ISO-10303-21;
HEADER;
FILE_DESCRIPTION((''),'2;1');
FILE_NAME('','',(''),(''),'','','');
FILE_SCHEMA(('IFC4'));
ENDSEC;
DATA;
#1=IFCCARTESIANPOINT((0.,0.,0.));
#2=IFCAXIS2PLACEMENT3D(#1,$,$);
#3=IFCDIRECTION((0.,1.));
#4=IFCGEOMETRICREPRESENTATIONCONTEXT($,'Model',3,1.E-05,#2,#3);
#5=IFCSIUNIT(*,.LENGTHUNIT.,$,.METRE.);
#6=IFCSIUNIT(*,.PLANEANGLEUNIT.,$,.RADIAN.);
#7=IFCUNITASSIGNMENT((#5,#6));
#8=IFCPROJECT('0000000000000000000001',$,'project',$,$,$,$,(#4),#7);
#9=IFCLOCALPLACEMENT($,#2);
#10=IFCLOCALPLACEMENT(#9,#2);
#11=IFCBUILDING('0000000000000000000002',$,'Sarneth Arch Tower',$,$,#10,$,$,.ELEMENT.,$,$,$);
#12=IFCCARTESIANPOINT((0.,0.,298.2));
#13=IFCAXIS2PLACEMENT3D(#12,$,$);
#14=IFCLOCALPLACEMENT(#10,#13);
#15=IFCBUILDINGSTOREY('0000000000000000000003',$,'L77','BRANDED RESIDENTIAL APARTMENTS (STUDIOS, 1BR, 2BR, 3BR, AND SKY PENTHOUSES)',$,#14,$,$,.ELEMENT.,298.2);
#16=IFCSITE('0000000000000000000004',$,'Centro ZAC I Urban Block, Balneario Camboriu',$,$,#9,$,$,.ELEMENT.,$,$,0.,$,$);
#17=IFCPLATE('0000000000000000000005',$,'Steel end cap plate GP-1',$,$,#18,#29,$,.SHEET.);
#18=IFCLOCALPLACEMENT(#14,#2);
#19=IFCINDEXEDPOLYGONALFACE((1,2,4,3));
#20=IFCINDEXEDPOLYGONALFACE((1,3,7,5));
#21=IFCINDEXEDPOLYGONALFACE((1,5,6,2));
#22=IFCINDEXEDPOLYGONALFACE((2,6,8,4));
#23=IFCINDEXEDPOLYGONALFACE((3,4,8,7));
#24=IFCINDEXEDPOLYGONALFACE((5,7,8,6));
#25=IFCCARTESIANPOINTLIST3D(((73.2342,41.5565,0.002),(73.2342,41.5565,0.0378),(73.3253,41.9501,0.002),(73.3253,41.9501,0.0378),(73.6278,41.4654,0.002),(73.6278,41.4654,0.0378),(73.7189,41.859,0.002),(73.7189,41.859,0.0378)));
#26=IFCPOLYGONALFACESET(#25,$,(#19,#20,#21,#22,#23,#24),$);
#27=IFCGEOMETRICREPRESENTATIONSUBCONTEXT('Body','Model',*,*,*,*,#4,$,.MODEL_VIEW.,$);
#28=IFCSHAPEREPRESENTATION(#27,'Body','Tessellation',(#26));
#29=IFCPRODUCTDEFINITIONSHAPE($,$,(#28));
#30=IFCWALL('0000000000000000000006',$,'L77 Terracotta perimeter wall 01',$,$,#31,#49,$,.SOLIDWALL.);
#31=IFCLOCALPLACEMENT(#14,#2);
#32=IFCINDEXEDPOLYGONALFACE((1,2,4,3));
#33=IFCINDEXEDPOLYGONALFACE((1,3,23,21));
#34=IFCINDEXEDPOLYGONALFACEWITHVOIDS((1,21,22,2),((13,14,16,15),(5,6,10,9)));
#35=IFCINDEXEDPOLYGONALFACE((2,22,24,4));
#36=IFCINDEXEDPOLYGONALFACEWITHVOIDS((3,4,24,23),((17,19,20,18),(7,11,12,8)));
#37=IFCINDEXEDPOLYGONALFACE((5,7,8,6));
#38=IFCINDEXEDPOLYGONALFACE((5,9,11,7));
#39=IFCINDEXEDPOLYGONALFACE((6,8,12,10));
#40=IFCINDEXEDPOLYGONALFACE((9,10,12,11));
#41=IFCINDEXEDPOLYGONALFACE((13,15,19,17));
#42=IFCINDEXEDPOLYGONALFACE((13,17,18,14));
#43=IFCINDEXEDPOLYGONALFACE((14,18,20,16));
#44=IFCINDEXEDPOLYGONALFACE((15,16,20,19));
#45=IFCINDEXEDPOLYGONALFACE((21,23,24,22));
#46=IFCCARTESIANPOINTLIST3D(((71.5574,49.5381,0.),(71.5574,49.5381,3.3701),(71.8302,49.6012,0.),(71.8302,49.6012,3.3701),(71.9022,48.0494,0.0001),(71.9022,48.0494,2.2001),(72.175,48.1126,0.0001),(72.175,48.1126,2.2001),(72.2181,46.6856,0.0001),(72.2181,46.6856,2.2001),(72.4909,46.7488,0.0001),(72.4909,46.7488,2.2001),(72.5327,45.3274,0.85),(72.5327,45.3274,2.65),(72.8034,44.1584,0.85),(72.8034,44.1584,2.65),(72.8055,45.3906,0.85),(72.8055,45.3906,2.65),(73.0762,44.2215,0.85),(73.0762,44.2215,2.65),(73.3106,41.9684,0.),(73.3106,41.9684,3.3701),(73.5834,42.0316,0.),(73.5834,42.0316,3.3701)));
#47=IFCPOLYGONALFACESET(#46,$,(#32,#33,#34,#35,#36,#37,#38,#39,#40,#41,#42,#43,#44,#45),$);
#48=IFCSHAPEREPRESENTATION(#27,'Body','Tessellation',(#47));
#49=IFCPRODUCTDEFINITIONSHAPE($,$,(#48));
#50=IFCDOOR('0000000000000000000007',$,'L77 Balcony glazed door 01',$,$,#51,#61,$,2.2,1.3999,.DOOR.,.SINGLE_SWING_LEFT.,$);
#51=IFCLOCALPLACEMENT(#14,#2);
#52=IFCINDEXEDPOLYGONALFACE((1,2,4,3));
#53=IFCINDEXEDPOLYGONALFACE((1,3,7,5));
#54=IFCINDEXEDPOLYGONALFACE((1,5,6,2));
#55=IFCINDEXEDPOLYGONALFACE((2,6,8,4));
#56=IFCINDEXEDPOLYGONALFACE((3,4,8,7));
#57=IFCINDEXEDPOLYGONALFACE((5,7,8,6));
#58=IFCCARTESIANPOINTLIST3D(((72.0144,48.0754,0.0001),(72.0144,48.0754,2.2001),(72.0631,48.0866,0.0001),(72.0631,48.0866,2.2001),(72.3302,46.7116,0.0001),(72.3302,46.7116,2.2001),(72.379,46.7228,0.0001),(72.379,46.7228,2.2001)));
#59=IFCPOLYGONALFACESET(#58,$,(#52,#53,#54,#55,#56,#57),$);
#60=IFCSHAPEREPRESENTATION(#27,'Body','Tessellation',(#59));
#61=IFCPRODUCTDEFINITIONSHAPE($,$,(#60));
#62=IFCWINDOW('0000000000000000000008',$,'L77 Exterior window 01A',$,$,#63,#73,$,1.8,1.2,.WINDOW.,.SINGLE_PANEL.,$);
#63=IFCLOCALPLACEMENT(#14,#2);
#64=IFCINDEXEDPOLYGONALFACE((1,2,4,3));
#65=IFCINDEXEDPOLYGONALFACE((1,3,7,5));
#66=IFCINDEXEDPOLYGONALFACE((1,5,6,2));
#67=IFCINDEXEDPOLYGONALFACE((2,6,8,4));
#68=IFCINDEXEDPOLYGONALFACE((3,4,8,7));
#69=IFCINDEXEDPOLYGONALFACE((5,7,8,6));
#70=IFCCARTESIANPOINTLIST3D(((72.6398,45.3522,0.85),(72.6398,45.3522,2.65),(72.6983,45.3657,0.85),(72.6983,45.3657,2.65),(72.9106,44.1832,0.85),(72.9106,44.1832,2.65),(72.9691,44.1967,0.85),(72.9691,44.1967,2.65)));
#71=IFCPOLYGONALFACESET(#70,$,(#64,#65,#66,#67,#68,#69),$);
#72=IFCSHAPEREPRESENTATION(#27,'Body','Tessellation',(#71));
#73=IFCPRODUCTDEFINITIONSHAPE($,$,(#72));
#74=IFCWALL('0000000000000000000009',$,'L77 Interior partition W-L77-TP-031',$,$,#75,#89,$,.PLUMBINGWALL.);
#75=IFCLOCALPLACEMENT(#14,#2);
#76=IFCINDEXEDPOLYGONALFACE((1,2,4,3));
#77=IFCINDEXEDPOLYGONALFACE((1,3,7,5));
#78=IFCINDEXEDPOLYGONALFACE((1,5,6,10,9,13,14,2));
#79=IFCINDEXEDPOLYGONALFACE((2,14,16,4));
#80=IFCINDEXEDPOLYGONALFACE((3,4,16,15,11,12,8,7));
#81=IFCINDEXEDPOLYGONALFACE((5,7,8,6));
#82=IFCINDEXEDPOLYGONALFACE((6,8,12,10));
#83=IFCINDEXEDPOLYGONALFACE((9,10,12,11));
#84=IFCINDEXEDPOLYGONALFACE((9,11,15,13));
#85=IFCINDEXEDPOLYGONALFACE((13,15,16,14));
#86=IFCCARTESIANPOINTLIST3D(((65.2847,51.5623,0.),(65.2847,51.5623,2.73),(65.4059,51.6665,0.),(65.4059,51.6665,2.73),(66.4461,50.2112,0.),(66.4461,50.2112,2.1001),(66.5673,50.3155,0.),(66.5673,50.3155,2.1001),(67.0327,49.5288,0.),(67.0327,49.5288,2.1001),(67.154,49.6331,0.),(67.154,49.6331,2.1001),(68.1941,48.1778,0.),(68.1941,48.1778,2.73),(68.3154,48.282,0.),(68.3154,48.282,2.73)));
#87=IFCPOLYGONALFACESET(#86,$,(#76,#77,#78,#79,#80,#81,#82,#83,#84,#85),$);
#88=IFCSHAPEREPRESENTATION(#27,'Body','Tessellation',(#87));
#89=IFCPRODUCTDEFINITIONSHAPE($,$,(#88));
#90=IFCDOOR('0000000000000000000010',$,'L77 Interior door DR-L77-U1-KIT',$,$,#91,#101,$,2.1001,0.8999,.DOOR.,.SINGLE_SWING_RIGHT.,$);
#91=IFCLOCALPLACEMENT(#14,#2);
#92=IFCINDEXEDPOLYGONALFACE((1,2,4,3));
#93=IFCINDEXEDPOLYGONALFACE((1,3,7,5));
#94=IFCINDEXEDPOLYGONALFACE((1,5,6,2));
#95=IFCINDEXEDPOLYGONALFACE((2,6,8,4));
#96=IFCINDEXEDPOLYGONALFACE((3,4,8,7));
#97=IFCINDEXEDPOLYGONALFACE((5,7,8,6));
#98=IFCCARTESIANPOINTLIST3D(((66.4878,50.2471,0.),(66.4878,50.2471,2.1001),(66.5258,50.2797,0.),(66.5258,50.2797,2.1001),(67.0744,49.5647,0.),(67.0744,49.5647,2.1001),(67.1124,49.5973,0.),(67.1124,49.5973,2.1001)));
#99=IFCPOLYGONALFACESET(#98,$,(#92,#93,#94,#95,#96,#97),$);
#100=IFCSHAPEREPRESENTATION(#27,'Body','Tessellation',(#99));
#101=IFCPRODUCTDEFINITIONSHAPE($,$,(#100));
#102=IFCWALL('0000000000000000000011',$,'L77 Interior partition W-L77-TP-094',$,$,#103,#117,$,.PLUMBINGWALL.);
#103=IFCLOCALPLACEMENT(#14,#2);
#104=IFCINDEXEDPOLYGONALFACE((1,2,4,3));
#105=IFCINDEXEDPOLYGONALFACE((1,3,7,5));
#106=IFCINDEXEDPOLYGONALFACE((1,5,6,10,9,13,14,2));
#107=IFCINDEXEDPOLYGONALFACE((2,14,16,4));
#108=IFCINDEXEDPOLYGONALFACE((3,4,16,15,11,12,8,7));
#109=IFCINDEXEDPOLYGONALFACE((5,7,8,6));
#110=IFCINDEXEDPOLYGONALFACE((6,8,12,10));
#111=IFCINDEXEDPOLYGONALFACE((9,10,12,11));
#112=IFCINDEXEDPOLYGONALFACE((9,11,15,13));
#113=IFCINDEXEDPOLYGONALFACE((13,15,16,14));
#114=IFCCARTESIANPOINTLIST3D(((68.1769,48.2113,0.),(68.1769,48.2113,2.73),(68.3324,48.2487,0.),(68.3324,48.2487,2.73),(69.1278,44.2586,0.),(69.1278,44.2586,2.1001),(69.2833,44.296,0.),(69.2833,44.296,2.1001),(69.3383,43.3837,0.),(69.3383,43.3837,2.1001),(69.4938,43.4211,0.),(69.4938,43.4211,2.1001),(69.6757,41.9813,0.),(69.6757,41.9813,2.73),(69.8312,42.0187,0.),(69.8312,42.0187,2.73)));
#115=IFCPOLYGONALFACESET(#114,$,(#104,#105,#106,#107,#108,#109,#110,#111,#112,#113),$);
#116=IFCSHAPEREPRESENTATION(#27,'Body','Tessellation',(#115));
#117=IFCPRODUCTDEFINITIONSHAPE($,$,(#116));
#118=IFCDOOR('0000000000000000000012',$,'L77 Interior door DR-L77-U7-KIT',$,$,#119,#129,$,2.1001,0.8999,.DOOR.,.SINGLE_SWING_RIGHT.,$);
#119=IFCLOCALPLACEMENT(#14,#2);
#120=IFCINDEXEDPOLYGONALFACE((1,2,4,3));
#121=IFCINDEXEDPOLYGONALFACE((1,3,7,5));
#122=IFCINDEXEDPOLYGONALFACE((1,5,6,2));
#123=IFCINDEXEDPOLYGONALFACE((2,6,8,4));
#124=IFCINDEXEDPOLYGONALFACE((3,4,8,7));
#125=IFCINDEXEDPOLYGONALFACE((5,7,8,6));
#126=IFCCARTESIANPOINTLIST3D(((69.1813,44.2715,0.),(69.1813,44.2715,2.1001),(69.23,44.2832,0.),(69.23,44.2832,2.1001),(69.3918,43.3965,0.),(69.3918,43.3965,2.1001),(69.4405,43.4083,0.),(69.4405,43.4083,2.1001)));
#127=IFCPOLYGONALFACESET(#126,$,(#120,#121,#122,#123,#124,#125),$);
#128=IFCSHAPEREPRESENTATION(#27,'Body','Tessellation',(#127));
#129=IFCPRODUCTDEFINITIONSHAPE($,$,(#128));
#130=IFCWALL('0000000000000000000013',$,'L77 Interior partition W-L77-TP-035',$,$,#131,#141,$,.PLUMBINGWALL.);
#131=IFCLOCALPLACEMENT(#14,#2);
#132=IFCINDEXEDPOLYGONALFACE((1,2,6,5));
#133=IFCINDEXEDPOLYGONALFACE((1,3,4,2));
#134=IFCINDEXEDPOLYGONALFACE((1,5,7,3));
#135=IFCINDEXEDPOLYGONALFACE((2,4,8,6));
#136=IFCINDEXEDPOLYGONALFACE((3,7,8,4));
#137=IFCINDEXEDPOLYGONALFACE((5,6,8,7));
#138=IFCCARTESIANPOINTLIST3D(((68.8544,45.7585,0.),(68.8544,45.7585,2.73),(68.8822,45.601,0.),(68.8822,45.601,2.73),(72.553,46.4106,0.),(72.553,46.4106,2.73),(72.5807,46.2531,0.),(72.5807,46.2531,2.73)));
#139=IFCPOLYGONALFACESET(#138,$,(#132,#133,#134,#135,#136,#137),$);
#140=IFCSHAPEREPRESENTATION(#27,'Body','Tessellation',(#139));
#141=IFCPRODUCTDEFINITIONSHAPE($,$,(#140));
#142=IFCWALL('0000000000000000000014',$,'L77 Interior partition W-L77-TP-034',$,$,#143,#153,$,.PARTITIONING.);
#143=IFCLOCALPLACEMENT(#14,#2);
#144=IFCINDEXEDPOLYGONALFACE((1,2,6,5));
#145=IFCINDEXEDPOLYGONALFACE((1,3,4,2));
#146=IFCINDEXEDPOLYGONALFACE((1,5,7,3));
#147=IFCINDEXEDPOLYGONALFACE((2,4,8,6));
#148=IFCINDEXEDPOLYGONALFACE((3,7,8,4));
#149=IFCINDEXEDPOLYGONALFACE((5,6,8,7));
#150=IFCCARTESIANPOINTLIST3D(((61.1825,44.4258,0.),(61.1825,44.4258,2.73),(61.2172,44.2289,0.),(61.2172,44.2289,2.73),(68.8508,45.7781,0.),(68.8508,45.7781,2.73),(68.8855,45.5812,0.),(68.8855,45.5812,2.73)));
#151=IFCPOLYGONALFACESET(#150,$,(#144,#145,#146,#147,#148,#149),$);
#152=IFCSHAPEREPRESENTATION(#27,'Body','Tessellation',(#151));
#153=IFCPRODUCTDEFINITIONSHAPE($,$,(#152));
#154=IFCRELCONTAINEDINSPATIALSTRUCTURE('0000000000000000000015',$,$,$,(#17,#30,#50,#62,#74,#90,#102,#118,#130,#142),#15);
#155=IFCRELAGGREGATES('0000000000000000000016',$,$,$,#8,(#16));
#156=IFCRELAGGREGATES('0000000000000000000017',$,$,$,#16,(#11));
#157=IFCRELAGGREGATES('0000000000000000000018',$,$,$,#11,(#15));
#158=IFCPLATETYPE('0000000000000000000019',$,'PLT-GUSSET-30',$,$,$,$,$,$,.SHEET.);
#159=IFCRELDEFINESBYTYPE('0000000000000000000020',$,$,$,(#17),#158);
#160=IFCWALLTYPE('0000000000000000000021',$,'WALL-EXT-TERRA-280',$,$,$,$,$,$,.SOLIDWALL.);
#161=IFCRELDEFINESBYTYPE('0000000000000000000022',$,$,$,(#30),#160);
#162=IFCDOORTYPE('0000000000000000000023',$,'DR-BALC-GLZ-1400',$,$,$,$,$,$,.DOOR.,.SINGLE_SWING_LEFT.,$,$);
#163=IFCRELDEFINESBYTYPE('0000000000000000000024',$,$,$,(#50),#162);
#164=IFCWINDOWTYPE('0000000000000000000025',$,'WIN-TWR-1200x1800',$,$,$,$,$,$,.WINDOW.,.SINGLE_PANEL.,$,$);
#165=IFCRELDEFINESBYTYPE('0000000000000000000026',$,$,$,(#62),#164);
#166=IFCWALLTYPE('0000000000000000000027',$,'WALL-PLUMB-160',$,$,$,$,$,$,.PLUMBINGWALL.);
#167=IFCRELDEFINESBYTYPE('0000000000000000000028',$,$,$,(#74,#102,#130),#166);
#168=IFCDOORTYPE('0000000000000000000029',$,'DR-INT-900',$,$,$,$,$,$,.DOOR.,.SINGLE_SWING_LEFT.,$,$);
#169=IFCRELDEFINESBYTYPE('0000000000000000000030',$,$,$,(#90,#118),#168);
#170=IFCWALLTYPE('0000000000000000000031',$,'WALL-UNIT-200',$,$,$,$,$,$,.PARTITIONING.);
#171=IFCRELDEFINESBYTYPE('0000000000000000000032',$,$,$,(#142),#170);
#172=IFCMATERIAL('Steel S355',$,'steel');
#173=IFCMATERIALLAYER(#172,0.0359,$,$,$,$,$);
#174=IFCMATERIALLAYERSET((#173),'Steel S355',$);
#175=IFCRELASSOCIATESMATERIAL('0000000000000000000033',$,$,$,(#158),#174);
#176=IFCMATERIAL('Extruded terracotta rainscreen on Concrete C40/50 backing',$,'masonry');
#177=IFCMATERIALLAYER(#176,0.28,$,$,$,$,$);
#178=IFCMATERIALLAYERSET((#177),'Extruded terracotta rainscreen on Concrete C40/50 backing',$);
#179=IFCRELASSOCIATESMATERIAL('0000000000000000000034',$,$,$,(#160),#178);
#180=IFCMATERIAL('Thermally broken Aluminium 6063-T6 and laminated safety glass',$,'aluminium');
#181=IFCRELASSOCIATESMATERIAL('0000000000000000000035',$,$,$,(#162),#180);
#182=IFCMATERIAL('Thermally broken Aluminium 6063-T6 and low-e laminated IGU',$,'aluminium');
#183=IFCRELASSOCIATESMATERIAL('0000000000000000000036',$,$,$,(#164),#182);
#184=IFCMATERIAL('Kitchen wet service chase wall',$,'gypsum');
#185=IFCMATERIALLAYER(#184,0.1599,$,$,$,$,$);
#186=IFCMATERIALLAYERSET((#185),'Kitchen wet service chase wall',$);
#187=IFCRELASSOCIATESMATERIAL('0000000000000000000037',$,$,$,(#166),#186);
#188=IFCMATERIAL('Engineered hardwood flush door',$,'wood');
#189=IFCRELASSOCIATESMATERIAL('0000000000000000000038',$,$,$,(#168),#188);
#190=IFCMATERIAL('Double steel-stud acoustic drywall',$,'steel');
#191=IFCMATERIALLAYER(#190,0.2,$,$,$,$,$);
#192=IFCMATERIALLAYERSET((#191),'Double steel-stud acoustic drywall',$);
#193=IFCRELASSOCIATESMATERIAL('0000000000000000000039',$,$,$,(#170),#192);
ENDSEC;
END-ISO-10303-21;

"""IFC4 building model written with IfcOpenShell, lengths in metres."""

from ifc_helpers import new_model, si_unit, direction, frame, frame_2d, origin, origin_2d, place, context, subcontext, project, spatial, rectangle, extrude, material, layer, layer_set, type_object, element, fill, save


model = new_model("IFC4")

# Units and contexts
model_context = context("Model", 3, precision=1e-05, world=origin(), true_north=direction((0.0, 1.0)))
body_context = subcontext(model_context, "Body", "Model", "MODEL_VIEW")
ifc_project = project(units=[si_unit("LENGTHUNIT", "METRE"), si_unit("PLANEANGLEUNIT", "RADIAN")], contexts=[model_context])

# Site, building, storey
site_placement = place(None, origin())
site = spatial("IfcSite", under=ifc_project, at=site_placement, Name="Centro ZAC I Urban Block, Balneario Camboriu", CompositionType="ELEMENT", RefElevation=0.0)
building_placement = place(site_placement, origin())
building = spatial("IfcBuilding", under=site, at=building_placement, Name="Sarneth Arch Tower", CompositionType="ELEMENT")
storey_placement = place(building_placement, frame((0.0, 0.0, 298.2)))
storey = spatial("IfcBuildingStorey", under=building, at=storey_placement, Name="L77", Description="BRANDED RESIDENTIAL APARTMENTS (STUDIOS, 1BR, 2BR, 3BR, AND SKY PENTHOUSES)", CompositionType="ELEMENT", Elevation=298.2)

# Plate
ifc_material_1 = material(Name="Steel S355", Category="steel")
ifc_layer_1 = layer(ifc_material_1, 0.0359)
ifc_layer_set_1 = layer_set([ifc_layer_1], Name="Steel S355")
plate_type_1 = type_object("IfcPlateType", Name="PLT-GUSSET-30", PredefinedType="SHEET", material=ifc_layer_set_1)
plate_1_placement = place(storey_placement, frame((73.4766, 41.7078, 0.002), z_axis=(0.0, 0.0, 1.0), x_axis=(0.225461, 0.974252, 0.0)))
element("IfcPlate", 1, at=plate_1_placement, inside=storey, type_object=plate_type_1, Name="Steel end cap plate GP-1", PredefinedType="SHEET", context=body_context, shape_type="SweptSolid", body=[
    extrude(rectangle(XDim=0.4041, YDim=0.4041, at=origin_2d()), origin(), (0.0, 0.0, 1.0), 0.0359),
])

# Wall, openings, door, window
ifc_material_2 = material(Name="Extruded terracotta rainscreen on Concrete C40/50 backing", Category="masonry")
ifc_layer_2 = layer(ifc_material_2, 0.28)
ifc_layer_set_2 = layer_set([ifc_layer_2], Name="Extruded terracotta rainscreen on Concrete C40/50 backing")
wall_type_1 = type_object("IfcWallType", Name="WALL-EXT-TERRA-280", PredefinedType="SOLIDWALL", material=ifc_layer_set_2)
wall_1_placement = place(storey_placement, frame((73.447, 42.0, 0.0), z_axis=(0.0, 0.0, 1.0), x_axis=(-0.225635, 0.974212, 0.0)))
wall_1 = element("IfcWall", 2, at=wall_1_placement, inside=storey, type_object=wall_type_1, Name="L77 Terracotta perimeter wall 01", PredefinedType="SOLIDWALL", context=body_context, shape_type="SweptSolid", body=[
    extrude(rectangle(XDim=7.77, YDim=0.28, at=frame_2d((3.885, 0.0))), origin(), (0.0, 0.0, 1.0), 3.3701),
])
opening_1_placement = place(wall_1_placement, frame((2.2478, 0.0, 0.8501)))
opening_1 = element("IfcOpeningElement", 3, at=opening_1_placement, cuts=wall_1, PredefinedType="OPENING", context=body_context, shape_type="SweptSolid", body=[
    extrude(rectangle(XDim=1.2, YDim=1.8, at=frame_2d((0.6001, 0.8999))), frame((0.0, 0.1499, 0.0), z_axis=(0.0, -1.0, 0.0), x_axis=(1.0, 0.0, 0.0)), (0.0, 0.0, 1.0), 0.3),
])
opening_2_placement = place(wall_1_placement, frame((4.842, 0.0, 0.0)))
opening_2 = element("IfcOpeningElement", 4, at=opening_2_placement, cuts=wall_1, PredefinedType="OPENING", context=body_context, shape_type="SweptSolid", body=[
    extrude(rectangle(XDim=1.3999, YDim=2.2, at=frame_2d((0.7, 1.1001))), frame((0.0, 0.1499, 0.0), z_axis=(0.0, -1.0, 0.0), x_axis=(1.0, 0.0, 0.0)), (0.0, 0.0, 1.0), 0.3),
])
ifc_material_3 = material(Name="Thermally broken Aluminium 6063-T6 and laminated safety glass", Category="aluminium")
door_type_1 = type_object("IfcDoorType", Name="DR-BALC-GLZ-1400", OperationType="SINGLE_SWING_LEFT", PredefinedType="DOOR", material=ifc_material_3)
door_1_placement = place(opening_2_placement, origin())
door_1 = element("IfcDoor", 5, at=door_1_placement, inside=storey, type_object=door_type_1, Name="L77 Balcony glazed door 01", OperationType="SINGLE_SWING_LEFT", OverallHeight=2.2, OverallWidth=1.3999, PredefinedType="DOOR", context=body_context, shape_type="SweptSolid", body=[
    extrude(rectangle(XDim=1.3999, YDim=2.2, at=frame_2d((0.7, 1.1001))), frame((0.0, 0.0249, 0.0), z_axis=(0.0, -1.0, 0.0), x_axis=(1.0, 0.0, 0.0)), (0.0, 0.0, 1.0), 0.05),
])
fill(opening_2, door_1)
ifc_material_4 = material(Name="Thermally broken Aluminium 6063-T6 and low-e laminated IGU", Category="aluminium")
window_type = type_object("IfcWindowType", Name="WIN-TWR-1200x1800", PartitioningType="SINGLE_PANEL", PredefinedType="WINDOW", material=ifc_material_4)
window_placement = place(opening_1_placement, origin())
window = element("IfcWindow", 6, at=window_placement, inside=storey, type_object=window_type, Name="L77 Exterior window 01A", OverallHeight=1.8, OverallWidth=1.2, PartitioningType="SINGLE_PANEL", PredefinedType="WINDOW", context=body_context, shape_type="SweptSolid", body=[
    extrude(rectangle(XDim=1.2, YDim=1.8, at=frame_2d((0.6001, 0.8999))), frame((0.0, 0.03, 0.0), z_axis=(0.0, -1.0, 0.0), x_axis=(1.0, 0.0, 0.0)), (0.0, 0.0, 1.0), 0.0601),
])
fill(opening_1, window)

# Walls, openings, doors
ifc_material_5 = material(Name="Kitchen wet service chase wall", Category="gypsum")
ifc_layer_3 = layer(ifc_material_5, 0.1599)
ifc_layer_set_3 = layer_set([ifc_layer_3], Name="Kitchen wet service chase wall")
wall_type_2 = type_object("IfcWallType", Name="WALL-PLUMB-160", PredefinedType="PLUMBINGWALL", material=ifc_layer_set_3)
wall_2_placement = place(storey_placement, frame((68.2546, 48.23, 0.0), z_axis=(0.0, 0.0, 1.0), x_axis=(-0.651876, 0.758325, 0.0)))
wall_2 = element("IfcWall", 7, at=wall_2_placement, inside=storey, type_object=wall_type_2, Name="L77 Interior partition W-L77-TP-031", PredefinedType="PLUMBINGWALL", context=body_context, shape_type="SweptSolid", body=[
    extrude(rectangle(XDim=4.4631, YDim=0.1599, at=frame_2d((2.2314, 0.0))), origin(), (0.0, 0.0, 1.0), 2.73),
])
opening_3_placement = place(wall_2_placement, frame((1.7815, 0.0, 0.0)))
opening_3 = element("IfcOpeningElement", 8, at=opening_3_placement, cuts=wall_2, PredefinedType="OPENING", context=body_context, shape_type="SweptSolid", body=[
    extrude(rectangle(XDim=0.8999, YDim=2.1001, at=frame_2d((0.45, 1.05))), frame((0.0, 0.0898, 0.0), z_axis=(0.0, -1.0, 0.0), x_axis=(1.0, 0.0, 0.0)), (0.0, 0.0, 1.0), 0.1799),
])
ifc_material_6 = material(Name="Engineered hardwood flush door", Category="wood")
door_type_2 = type_object("IfcDoorType", Name="DR-INT-900", OperationType="SINGLE_SWING_LEFT", PredefinedType="DOOR", material=ifc_material_6)
door_2_placement = place(opening_3_placement, origin())
door_2 = element("IfcDoor", 9, at=door_2_placement, inside=storey, type_object=door_type_2, Name="L77 Interior door DR-L77-U1-KIT", OperationType="SINGLE_SWING_RIGHT", OverallHeight=2.1001, OverallWidth=0.8999, PredefinedType="DOOR", context=body_context, shape_type="SweptSolid", body=[
    extrude(rectangle(XDim=0.8999, YDim=2.1001, at=frame_2d((0.45, 1.05))), frame((0.0, 0.0249, 0.0), z_axis=(0.0, -1.0, 0.0), x_axis=(1.0, 0.0, 0.0)), (0.0, 0.0, 1.0), 0.05),
])
fill(opening_3, door_2)
wall_3_placement = place(storey_placement, frame((69.7534, 42.0, 0.0), z_axis=(0.0, 0.0, 1.0), x_axis=(-0.233902, 0.97226, 0.0)))
wall_3 = element("IfcWall", 10, at=wall_3_placement, inside=storey, type_object=wall_type_2, Name="L77 Interior partition W-L77-TP-094", PredefinedType="PLUMBINGWALL", context=body_context, shape_type="SweptSolid", body=[
    extrude(rectangle(XDim=6.4077, YDim=0.1599, at=frame_2d((3.2039, 0.0))), origin(), (0.0, 0.0, 1.0), 2.73),
])
opening_4_placement = place(wall_3_placement, frame((1.4424, 0.0, 0.0)))
opening_4 = element("IfcOpeningElement", 11, at=opening_4_placement, cuts=wall_3, PredefinedType="OPENING", context=body_context, shape_type="SweptSolid", body=[
    extrude(rectangle(XDim=0.8999, YDim=2.1001, at=frame_2d((0.45, 1.05))), frame((0.0, 0.0898, 0.0), z_axis=(0.0, -1.0, 0.0), x_axis=(1.0, 0.0, 0.0)), (0.0, 0.0, 1.0), 0.1799),
])
door_3_placement = place(opening_4_placement, origin())
door_3 = element("IfcDoor", 12, at=door_3_placement, inside=storey, type_object=door_type_2, Name="L77 Interior door DR-L77-U7-KIT", OperationType="SINGLE_SWING_RIGHT", OverallHeight=2.1001, OverallWidth=0.8999, PredefinedType="DOOR", context=body_context, shape_type="SweptSolid", body=[
    extrude(rectangle(XDim=0.8999, YDim=2.1001, at=frame_2d((0.45, 1.05))), frame((0.0, 0.0249, 0.0), z_axis=(0.0, -1.0, 0.0), x_axis=(1.0, 0.0, 0.0)), (0.0, 0.0, 1.0), 0.05),
])
fill(opening_4, door_3)

# Walls
wall_4_placement = place(storey_placement, frame((68.8682, 45.6797, 0.0), z_axis=(0.0, 0.0, 1.0), x_axis=(0.98481, 0.173637, 0.0)))
element("IfcWall", 13, at=wall_4_placement, inside=storey, type_object=wall_type_2, Name="L77 Interior partition W-L77-TP-035", PredefinedType="PLUMBINGWALL", context=body_context, shape_type="SweptSolid", body=[
    extrude(rectangle(XDim=3.7556, YDim=0.1599, at=frame_2d((1.8779, 0.0))), origin(), (0.0, 0.0, 1.0), 2.73),
])
ifc_material_7 = material(Name="Double steel-stud acoustic drywall", Category="steel")
ifc_layer_4 = layer(ifc_material_7, 0.2)
ifc_layer_set_4 = layer_set([ifc_layer_4], Name="Double steel-stud acoustic drywall")
wall_type_3 = type_object("IfcWallType", Name="WALL-UNIT-200", PredefinedType="PARTITIONING", material=ifc_layer_set_4)
wall_5_placement = place(storey_placement, frame((68.8682, 45.6797, 0.0), z_axis=(0.0, 0.0, 1.0), x_axis=(-0.984804, -0.173671, 0.0)))
element("IfcWall", 14, at=wall_5_placement, inside=storey, type_object=wall_type_3, Name="L77 Interior partition W-L77-TP-034", PredefinedType="PARTITIONING", context=body_context, shape_type="SweptSolid", body=[
    extrude(rectangle(XDim=7.7866, YDim=0.2, at=frame_2d((3.8933, 0.0))), origin(), (0.0, 0.0, 1.0), 2.73),
])

save(model, "model.ifc")
